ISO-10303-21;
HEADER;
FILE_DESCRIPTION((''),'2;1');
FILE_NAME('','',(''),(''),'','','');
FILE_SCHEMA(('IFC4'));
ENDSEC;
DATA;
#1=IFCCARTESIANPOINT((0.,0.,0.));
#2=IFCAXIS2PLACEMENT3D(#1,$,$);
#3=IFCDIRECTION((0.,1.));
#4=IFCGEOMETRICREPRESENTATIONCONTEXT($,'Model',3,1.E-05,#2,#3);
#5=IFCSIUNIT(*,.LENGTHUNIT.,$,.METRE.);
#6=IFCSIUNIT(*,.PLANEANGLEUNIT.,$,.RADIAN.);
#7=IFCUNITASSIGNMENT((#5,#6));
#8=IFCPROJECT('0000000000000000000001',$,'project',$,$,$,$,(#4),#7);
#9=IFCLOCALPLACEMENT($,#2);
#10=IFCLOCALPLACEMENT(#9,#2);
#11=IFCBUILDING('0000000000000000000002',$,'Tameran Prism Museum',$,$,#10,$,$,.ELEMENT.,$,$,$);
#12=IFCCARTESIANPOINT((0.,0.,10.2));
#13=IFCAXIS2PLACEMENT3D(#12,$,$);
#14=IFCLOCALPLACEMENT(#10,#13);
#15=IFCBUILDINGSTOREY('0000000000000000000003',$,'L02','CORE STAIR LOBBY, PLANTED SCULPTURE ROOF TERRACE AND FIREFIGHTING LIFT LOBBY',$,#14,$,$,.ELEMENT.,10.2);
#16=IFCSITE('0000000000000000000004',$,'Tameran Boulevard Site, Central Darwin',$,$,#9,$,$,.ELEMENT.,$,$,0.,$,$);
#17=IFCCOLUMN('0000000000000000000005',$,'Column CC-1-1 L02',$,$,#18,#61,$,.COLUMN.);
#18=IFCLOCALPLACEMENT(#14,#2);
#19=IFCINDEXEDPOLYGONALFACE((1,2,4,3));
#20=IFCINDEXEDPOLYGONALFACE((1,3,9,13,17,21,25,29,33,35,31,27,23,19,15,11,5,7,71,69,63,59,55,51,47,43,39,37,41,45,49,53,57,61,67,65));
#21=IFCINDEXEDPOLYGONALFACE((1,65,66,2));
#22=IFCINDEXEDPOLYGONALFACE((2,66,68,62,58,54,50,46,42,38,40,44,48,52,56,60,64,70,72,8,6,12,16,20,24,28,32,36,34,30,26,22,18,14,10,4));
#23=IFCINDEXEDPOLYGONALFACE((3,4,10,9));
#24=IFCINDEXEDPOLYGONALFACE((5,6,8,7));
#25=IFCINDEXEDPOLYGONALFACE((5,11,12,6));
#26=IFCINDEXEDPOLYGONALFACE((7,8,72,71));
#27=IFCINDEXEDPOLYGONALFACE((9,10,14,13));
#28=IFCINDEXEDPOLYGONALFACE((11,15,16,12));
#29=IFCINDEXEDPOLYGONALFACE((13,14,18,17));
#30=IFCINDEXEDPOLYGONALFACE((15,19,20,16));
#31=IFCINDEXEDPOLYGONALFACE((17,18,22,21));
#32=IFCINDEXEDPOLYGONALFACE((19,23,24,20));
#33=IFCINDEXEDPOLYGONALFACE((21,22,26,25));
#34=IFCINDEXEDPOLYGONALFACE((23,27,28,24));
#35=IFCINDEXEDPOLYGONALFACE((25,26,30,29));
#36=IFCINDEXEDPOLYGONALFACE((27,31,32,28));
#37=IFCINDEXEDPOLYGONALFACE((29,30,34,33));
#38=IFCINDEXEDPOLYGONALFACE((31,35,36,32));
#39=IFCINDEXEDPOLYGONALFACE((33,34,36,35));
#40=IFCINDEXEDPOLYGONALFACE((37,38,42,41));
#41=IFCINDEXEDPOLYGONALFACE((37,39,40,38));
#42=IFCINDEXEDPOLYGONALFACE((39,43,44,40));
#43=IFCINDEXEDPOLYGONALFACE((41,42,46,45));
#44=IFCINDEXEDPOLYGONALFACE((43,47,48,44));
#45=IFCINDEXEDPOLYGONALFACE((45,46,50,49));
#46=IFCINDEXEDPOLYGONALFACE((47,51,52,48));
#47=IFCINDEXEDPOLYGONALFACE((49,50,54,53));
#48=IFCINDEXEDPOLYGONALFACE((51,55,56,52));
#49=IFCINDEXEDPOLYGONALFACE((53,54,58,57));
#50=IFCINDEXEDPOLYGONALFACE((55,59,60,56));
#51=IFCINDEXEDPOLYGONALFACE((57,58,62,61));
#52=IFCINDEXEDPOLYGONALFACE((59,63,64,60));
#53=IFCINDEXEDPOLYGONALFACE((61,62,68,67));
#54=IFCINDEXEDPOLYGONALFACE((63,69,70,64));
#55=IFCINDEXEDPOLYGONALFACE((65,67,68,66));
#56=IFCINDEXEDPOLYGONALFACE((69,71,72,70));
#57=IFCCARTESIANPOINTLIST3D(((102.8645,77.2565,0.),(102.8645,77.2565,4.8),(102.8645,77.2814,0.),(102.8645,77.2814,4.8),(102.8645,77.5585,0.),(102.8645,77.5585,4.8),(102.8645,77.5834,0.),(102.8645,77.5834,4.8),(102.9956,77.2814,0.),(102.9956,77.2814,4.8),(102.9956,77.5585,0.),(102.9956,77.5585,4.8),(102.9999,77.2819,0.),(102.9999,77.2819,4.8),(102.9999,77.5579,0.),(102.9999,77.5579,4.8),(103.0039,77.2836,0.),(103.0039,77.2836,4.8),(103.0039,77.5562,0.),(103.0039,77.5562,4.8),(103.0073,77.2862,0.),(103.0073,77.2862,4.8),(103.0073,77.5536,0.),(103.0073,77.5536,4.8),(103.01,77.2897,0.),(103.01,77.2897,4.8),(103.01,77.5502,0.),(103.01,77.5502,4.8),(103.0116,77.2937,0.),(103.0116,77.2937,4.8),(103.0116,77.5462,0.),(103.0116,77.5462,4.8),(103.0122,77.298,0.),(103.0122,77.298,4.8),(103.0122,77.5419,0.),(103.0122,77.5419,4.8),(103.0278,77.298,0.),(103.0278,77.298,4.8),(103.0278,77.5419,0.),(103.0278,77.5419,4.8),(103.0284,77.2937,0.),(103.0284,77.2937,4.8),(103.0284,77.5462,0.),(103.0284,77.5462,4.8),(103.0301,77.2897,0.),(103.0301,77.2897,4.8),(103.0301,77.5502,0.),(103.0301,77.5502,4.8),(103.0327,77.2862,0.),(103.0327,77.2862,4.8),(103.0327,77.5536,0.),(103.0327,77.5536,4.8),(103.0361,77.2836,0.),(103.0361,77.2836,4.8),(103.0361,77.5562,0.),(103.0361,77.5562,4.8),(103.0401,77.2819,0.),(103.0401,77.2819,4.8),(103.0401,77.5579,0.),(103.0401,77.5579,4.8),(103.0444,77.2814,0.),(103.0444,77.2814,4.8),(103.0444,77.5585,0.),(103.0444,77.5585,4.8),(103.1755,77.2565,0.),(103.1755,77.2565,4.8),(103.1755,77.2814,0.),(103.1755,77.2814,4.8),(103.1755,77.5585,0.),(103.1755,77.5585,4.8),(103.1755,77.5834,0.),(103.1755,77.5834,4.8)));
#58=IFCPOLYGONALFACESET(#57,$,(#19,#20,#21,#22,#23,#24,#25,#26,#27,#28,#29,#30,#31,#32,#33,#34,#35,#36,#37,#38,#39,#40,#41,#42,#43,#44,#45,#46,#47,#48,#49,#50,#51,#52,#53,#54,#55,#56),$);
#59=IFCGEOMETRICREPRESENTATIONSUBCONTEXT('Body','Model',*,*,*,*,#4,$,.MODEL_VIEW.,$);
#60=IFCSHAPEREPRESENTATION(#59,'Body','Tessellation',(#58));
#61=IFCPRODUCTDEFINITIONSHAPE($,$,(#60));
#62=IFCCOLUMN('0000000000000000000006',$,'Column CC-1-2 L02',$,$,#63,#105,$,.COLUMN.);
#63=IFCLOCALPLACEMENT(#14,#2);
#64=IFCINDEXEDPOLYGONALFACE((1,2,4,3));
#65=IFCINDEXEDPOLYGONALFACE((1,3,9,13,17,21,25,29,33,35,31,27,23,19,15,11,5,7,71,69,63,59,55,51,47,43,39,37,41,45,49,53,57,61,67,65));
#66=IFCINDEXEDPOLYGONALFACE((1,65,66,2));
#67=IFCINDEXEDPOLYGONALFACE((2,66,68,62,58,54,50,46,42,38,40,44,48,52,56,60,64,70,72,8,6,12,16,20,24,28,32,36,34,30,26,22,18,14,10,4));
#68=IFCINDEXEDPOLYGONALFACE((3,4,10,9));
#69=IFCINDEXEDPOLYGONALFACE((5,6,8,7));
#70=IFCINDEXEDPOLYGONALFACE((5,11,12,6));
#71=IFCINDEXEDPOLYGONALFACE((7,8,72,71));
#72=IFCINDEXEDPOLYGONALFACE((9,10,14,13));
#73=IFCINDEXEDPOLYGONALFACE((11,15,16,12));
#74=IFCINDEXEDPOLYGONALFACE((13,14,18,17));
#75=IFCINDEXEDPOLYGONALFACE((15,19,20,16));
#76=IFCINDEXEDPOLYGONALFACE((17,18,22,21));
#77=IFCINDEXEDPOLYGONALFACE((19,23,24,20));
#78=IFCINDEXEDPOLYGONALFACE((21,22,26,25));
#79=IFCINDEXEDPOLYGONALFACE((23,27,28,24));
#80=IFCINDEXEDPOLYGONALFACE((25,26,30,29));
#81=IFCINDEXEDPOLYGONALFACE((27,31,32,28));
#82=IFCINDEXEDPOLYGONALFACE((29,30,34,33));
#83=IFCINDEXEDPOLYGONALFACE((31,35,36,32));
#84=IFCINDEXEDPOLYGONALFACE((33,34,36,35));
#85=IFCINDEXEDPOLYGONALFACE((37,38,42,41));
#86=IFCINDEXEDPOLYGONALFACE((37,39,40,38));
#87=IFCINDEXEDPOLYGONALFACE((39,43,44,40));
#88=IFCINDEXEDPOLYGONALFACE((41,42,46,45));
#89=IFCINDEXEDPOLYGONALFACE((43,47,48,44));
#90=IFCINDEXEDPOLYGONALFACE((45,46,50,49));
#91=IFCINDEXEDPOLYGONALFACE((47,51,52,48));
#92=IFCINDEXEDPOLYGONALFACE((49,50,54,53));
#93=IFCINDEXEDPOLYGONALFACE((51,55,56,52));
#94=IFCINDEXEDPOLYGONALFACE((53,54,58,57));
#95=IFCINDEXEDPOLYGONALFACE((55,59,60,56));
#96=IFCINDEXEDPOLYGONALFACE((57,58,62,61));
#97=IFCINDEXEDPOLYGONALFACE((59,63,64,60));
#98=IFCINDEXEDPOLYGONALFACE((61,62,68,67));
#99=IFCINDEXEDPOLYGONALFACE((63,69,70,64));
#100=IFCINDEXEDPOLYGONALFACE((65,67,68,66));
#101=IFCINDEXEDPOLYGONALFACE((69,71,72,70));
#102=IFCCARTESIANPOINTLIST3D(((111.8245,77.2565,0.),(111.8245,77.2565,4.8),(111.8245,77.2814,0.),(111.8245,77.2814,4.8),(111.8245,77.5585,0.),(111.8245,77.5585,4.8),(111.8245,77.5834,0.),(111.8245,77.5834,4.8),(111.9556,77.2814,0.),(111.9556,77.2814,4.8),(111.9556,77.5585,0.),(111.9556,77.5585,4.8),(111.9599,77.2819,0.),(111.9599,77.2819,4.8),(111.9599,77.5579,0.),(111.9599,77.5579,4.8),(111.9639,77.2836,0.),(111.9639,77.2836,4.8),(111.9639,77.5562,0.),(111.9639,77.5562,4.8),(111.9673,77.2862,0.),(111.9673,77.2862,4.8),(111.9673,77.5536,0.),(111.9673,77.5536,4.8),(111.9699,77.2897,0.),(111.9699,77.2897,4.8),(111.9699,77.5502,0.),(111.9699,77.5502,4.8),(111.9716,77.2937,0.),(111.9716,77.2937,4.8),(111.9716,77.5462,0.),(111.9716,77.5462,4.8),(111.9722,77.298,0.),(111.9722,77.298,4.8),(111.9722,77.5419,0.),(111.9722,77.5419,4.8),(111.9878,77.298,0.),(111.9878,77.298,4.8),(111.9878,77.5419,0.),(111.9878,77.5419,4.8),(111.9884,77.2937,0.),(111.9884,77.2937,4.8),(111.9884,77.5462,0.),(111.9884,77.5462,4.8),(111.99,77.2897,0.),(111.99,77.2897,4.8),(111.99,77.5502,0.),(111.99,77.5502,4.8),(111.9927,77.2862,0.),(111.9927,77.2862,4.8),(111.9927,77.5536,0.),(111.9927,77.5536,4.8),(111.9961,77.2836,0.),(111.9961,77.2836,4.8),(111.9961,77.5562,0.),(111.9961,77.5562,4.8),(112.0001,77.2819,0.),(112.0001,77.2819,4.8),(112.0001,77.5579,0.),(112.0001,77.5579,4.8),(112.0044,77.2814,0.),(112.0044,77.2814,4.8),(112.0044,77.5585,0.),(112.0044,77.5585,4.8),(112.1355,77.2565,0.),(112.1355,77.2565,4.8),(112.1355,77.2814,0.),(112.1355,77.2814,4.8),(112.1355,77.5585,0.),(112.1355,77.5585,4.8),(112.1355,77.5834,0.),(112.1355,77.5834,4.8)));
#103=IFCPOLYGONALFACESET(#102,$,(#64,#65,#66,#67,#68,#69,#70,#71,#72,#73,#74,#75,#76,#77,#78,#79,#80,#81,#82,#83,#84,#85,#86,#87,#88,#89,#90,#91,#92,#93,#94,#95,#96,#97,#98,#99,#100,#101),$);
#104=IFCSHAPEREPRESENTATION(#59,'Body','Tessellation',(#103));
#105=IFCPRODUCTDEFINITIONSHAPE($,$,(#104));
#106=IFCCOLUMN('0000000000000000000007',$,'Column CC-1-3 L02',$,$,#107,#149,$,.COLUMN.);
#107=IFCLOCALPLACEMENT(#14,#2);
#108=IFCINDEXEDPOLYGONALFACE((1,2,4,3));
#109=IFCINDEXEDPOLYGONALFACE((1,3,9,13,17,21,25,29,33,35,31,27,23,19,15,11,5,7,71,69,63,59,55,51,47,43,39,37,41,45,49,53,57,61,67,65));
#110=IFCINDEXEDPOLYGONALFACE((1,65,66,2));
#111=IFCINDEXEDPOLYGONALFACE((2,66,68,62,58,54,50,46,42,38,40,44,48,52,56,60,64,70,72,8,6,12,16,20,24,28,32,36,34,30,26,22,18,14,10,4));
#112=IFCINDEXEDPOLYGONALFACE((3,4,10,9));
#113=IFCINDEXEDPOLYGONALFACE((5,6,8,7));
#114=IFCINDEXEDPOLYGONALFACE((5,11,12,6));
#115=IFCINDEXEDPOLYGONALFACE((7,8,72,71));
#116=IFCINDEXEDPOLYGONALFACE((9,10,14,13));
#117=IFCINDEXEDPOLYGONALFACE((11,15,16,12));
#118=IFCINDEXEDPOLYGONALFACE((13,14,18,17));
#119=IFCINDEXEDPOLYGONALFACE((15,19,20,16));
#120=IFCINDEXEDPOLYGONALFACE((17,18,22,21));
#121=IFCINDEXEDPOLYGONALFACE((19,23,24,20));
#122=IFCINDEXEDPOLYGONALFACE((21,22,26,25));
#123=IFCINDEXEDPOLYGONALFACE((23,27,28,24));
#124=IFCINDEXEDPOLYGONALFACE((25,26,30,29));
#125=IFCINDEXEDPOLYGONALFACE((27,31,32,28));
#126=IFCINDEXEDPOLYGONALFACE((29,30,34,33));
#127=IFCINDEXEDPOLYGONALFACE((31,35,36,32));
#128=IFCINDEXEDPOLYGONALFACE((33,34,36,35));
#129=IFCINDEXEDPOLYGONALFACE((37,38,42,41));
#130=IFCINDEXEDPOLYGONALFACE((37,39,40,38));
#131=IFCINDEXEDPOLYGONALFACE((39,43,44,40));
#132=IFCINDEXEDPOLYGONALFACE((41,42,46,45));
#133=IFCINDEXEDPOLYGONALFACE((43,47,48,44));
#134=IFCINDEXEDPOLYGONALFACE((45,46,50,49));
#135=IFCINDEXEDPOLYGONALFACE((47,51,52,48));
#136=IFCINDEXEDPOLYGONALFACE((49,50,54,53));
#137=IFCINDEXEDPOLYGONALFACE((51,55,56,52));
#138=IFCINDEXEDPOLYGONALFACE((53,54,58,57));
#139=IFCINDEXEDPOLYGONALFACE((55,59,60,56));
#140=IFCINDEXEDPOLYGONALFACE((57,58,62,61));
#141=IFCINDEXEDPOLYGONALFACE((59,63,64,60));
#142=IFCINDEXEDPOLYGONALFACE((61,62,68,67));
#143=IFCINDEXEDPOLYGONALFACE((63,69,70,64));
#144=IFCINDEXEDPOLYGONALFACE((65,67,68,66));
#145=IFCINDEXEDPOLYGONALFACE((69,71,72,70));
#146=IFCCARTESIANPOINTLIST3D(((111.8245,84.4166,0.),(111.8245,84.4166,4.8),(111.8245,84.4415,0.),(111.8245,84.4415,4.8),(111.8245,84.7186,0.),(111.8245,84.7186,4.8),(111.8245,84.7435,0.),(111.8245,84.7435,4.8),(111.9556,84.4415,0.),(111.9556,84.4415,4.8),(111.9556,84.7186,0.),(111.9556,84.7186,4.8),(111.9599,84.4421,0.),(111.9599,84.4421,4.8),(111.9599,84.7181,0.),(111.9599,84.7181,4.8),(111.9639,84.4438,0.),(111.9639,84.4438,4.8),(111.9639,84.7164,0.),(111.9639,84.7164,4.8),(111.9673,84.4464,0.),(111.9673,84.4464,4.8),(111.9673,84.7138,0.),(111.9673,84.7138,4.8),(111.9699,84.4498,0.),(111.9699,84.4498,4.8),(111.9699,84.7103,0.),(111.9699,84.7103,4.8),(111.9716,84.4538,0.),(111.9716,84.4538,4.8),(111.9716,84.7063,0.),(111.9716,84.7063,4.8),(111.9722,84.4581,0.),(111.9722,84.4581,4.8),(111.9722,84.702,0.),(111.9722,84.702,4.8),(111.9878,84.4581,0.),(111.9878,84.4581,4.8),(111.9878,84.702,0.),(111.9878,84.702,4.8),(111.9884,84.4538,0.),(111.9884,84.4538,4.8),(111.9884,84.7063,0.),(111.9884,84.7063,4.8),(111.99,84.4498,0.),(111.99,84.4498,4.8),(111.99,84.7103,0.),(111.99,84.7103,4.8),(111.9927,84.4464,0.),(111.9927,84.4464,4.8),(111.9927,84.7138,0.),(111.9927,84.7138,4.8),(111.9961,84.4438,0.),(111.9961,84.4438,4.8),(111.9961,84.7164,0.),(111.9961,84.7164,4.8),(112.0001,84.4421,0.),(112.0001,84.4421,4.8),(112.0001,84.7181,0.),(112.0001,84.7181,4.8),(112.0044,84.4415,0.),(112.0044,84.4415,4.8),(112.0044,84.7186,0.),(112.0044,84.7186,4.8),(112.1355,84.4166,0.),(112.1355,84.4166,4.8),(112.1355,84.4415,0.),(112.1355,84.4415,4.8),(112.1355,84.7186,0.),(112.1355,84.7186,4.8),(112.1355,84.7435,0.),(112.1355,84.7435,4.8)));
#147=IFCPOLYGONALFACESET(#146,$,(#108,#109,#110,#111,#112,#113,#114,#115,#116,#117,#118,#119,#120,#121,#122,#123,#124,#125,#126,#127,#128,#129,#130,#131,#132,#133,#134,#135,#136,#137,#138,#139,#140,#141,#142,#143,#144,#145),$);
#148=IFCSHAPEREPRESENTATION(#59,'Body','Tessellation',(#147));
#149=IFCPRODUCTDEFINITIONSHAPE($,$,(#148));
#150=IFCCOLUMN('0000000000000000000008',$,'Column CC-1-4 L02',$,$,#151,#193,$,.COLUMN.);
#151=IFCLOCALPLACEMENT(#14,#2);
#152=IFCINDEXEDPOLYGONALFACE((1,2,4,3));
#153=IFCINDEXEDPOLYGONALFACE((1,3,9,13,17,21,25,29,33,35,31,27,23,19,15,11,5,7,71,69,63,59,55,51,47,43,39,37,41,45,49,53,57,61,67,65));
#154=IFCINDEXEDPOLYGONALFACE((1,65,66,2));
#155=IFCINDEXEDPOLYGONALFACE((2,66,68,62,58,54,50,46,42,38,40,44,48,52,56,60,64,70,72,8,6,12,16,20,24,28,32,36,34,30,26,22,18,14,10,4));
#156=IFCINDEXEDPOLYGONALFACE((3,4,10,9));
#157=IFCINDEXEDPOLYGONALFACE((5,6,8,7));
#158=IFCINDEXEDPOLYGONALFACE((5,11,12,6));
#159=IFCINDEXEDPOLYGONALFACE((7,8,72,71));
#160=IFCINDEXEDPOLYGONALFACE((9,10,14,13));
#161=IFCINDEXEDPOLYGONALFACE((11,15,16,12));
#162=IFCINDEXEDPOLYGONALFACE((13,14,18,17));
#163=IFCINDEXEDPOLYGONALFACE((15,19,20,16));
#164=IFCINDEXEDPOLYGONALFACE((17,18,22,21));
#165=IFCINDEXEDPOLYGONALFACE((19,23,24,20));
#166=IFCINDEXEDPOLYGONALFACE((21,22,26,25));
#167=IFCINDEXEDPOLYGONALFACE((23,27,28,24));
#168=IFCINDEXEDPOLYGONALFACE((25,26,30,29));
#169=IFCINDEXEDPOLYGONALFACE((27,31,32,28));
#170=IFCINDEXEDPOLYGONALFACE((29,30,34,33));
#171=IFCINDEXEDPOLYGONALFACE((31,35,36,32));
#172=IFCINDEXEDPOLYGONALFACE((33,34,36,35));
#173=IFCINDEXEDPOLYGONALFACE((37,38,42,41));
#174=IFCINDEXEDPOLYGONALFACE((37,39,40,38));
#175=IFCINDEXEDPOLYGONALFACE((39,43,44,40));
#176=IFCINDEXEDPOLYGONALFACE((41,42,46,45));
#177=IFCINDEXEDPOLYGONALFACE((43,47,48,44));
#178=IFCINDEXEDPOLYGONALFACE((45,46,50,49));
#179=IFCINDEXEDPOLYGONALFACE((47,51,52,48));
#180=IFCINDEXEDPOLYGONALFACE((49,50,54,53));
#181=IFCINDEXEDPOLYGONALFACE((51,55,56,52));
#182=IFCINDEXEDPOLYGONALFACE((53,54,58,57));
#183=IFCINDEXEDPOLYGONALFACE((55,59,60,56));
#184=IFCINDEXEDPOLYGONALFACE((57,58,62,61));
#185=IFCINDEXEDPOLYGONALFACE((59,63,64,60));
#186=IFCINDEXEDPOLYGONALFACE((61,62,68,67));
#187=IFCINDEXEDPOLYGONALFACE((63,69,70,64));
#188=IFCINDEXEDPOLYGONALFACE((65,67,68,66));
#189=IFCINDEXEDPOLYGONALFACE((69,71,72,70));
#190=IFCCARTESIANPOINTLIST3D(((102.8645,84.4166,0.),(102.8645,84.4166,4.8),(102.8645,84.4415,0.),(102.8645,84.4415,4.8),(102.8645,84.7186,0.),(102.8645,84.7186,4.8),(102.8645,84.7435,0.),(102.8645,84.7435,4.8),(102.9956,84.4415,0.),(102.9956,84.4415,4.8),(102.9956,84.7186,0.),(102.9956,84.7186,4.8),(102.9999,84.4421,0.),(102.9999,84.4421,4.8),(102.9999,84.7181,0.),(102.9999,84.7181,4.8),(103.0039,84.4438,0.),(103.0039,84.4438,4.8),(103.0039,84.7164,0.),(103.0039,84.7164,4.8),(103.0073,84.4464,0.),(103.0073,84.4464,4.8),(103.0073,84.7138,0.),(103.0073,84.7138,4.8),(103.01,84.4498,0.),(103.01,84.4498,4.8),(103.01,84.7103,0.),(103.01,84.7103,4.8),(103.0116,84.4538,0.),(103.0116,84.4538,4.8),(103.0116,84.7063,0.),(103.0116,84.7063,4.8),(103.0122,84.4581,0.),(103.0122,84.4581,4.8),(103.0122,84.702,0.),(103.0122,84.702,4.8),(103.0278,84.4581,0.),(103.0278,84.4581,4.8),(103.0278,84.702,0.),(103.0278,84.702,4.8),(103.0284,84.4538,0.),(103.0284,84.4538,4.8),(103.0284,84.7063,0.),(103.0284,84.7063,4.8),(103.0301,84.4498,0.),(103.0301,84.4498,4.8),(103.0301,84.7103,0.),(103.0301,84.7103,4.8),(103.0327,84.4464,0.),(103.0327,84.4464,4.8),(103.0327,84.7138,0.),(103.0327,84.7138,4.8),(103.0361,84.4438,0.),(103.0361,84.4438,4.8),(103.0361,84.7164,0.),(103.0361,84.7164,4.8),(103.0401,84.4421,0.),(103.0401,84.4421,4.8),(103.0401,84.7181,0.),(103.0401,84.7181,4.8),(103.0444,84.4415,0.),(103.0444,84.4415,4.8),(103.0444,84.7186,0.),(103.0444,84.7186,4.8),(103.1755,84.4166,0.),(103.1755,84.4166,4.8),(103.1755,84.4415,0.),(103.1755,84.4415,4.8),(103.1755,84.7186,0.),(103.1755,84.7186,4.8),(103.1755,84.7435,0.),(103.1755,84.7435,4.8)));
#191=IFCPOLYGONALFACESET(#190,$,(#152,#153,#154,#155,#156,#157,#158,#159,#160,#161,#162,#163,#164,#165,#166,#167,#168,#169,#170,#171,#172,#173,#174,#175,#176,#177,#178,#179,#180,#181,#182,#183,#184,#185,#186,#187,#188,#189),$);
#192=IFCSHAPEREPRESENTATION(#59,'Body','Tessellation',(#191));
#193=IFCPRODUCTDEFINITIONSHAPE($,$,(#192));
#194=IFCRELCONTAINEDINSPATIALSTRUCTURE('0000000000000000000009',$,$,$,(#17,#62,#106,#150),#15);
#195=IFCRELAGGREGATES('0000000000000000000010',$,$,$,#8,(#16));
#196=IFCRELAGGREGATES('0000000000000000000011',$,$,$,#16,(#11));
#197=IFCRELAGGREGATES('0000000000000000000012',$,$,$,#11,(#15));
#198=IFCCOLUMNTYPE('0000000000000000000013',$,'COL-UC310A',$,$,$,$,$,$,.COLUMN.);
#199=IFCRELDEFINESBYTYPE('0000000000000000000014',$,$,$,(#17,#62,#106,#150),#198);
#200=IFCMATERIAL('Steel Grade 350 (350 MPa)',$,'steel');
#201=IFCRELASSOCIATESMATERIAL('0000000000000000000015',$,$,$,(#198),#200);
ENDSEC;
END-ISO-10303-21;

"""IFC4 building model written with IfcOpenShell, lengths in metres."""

from ifc_helpers import new_model, si_unit, direction, frame, origin, origin_2d, place, context, subcontext, project, spatial, i_section, extrude, material, material_profile, profile_set, type_object, element, save


model = new_model("IFC4")

# Units and contexts
model_context = context("Model", 3, precision=1e-05, world=origin(), true_north=direction((0.0, 1.0)))
body_context = subcontext(model_context, "Body", "Model", "MODEL_VIEW")
ifc_project = project(units=[si_unit("LENGTHUNIT", "METRE"), si_unit("PLANEANGLEUNIT", "RADIAN")], contexts=[model_context])

# Site, building, storey
site_placement = place(None, origin())
site = spatial("IfcSite", under=ifc_project, at=site_placement, Name="Tameran Boulevard Site, Central Darwin", CompositionType="ELEMENT", RefElevation=0.0)
building_placement = place(site_placement, origin())
building = spatial("IfcBuilding", under=site, at=building_placement, Name="Tameran Prism Museum", CompositionType="ELEMENT")
storey_placement = place(building_placement, frame((0.0, 0.0, 10.2)))
storey = spatial("IfcBuildingStorey", under=building, at=storey_placement, Name="L02", Description="CORE STAIR LOBBY, PLANTED SCULPTURE ROOF TERRACE AND FIREFIGHTING LIFT LOBBY", CompositionType="ELEMENT", Elevation=10.2)

# Columns
ifc_material_1 = material(Name="Steel Grade 350 (350 MPa)", Category="steel")
ifc_material_profile_1 = material_profile(ifc_material_1, i_section(OverallWidth=0.311, OverallDepth=0.3269, WebThickness=0.0156, FlangeThickness=0.0249, FilletRadius=0.0166, at=origin_2d()))
ifc_profile_set_1 = profile_set([ifc_material_profile_1])
column_type = type_object("IfcColumnType", Name="COL-UC310A", PredefinedType="COLUMN", material=ifc_profile_set_1)
for number, where, z_axis, x_axis, name in (
    (1, (103.02, 77.4199, 0.0), (0.0, 0.0, 1.0), (1.0, 0.0, 0.0), "Column CC-1-1 L02"),
    (2, (111.98, 77.4199, 0.0), (0.0, 0.0, 1.0), (1.0, 0.0, 0.0), "Column CC-1-2 L02"),
    (3, (111.98, 84.5801, 0.0), (0.0, 0.0, 1.0), (1.0, 0.0, 0.0), "Column CC-1-3 L02"),
    (4, (103.02, 84.5801, 0.0), (0.0, 0.0, 1.0), (1.0, 0.0, 0.0), "Column CC-1-4 L02"),
):
    element("IfcColumn", number, at=place(storey_placement, frame(where, z_axis=z_axis, x_axis=x_axis)), inside=storey, type_object=column_type, Name=name, PredefinedType="COLUMN", context=body_context, shape_type="SweptSolid", body=[
        extrude(i_section(OverallWidth=0.311, OverallDepth=0.3269, WebThickness=0.0156, FlangeThickness=0.0249, FilletRadius=0.0166, at=origin_2d()), origin(), (0.0, 0.0, 1.0), 4.8),
    ])

save(model, "model.ifc")
